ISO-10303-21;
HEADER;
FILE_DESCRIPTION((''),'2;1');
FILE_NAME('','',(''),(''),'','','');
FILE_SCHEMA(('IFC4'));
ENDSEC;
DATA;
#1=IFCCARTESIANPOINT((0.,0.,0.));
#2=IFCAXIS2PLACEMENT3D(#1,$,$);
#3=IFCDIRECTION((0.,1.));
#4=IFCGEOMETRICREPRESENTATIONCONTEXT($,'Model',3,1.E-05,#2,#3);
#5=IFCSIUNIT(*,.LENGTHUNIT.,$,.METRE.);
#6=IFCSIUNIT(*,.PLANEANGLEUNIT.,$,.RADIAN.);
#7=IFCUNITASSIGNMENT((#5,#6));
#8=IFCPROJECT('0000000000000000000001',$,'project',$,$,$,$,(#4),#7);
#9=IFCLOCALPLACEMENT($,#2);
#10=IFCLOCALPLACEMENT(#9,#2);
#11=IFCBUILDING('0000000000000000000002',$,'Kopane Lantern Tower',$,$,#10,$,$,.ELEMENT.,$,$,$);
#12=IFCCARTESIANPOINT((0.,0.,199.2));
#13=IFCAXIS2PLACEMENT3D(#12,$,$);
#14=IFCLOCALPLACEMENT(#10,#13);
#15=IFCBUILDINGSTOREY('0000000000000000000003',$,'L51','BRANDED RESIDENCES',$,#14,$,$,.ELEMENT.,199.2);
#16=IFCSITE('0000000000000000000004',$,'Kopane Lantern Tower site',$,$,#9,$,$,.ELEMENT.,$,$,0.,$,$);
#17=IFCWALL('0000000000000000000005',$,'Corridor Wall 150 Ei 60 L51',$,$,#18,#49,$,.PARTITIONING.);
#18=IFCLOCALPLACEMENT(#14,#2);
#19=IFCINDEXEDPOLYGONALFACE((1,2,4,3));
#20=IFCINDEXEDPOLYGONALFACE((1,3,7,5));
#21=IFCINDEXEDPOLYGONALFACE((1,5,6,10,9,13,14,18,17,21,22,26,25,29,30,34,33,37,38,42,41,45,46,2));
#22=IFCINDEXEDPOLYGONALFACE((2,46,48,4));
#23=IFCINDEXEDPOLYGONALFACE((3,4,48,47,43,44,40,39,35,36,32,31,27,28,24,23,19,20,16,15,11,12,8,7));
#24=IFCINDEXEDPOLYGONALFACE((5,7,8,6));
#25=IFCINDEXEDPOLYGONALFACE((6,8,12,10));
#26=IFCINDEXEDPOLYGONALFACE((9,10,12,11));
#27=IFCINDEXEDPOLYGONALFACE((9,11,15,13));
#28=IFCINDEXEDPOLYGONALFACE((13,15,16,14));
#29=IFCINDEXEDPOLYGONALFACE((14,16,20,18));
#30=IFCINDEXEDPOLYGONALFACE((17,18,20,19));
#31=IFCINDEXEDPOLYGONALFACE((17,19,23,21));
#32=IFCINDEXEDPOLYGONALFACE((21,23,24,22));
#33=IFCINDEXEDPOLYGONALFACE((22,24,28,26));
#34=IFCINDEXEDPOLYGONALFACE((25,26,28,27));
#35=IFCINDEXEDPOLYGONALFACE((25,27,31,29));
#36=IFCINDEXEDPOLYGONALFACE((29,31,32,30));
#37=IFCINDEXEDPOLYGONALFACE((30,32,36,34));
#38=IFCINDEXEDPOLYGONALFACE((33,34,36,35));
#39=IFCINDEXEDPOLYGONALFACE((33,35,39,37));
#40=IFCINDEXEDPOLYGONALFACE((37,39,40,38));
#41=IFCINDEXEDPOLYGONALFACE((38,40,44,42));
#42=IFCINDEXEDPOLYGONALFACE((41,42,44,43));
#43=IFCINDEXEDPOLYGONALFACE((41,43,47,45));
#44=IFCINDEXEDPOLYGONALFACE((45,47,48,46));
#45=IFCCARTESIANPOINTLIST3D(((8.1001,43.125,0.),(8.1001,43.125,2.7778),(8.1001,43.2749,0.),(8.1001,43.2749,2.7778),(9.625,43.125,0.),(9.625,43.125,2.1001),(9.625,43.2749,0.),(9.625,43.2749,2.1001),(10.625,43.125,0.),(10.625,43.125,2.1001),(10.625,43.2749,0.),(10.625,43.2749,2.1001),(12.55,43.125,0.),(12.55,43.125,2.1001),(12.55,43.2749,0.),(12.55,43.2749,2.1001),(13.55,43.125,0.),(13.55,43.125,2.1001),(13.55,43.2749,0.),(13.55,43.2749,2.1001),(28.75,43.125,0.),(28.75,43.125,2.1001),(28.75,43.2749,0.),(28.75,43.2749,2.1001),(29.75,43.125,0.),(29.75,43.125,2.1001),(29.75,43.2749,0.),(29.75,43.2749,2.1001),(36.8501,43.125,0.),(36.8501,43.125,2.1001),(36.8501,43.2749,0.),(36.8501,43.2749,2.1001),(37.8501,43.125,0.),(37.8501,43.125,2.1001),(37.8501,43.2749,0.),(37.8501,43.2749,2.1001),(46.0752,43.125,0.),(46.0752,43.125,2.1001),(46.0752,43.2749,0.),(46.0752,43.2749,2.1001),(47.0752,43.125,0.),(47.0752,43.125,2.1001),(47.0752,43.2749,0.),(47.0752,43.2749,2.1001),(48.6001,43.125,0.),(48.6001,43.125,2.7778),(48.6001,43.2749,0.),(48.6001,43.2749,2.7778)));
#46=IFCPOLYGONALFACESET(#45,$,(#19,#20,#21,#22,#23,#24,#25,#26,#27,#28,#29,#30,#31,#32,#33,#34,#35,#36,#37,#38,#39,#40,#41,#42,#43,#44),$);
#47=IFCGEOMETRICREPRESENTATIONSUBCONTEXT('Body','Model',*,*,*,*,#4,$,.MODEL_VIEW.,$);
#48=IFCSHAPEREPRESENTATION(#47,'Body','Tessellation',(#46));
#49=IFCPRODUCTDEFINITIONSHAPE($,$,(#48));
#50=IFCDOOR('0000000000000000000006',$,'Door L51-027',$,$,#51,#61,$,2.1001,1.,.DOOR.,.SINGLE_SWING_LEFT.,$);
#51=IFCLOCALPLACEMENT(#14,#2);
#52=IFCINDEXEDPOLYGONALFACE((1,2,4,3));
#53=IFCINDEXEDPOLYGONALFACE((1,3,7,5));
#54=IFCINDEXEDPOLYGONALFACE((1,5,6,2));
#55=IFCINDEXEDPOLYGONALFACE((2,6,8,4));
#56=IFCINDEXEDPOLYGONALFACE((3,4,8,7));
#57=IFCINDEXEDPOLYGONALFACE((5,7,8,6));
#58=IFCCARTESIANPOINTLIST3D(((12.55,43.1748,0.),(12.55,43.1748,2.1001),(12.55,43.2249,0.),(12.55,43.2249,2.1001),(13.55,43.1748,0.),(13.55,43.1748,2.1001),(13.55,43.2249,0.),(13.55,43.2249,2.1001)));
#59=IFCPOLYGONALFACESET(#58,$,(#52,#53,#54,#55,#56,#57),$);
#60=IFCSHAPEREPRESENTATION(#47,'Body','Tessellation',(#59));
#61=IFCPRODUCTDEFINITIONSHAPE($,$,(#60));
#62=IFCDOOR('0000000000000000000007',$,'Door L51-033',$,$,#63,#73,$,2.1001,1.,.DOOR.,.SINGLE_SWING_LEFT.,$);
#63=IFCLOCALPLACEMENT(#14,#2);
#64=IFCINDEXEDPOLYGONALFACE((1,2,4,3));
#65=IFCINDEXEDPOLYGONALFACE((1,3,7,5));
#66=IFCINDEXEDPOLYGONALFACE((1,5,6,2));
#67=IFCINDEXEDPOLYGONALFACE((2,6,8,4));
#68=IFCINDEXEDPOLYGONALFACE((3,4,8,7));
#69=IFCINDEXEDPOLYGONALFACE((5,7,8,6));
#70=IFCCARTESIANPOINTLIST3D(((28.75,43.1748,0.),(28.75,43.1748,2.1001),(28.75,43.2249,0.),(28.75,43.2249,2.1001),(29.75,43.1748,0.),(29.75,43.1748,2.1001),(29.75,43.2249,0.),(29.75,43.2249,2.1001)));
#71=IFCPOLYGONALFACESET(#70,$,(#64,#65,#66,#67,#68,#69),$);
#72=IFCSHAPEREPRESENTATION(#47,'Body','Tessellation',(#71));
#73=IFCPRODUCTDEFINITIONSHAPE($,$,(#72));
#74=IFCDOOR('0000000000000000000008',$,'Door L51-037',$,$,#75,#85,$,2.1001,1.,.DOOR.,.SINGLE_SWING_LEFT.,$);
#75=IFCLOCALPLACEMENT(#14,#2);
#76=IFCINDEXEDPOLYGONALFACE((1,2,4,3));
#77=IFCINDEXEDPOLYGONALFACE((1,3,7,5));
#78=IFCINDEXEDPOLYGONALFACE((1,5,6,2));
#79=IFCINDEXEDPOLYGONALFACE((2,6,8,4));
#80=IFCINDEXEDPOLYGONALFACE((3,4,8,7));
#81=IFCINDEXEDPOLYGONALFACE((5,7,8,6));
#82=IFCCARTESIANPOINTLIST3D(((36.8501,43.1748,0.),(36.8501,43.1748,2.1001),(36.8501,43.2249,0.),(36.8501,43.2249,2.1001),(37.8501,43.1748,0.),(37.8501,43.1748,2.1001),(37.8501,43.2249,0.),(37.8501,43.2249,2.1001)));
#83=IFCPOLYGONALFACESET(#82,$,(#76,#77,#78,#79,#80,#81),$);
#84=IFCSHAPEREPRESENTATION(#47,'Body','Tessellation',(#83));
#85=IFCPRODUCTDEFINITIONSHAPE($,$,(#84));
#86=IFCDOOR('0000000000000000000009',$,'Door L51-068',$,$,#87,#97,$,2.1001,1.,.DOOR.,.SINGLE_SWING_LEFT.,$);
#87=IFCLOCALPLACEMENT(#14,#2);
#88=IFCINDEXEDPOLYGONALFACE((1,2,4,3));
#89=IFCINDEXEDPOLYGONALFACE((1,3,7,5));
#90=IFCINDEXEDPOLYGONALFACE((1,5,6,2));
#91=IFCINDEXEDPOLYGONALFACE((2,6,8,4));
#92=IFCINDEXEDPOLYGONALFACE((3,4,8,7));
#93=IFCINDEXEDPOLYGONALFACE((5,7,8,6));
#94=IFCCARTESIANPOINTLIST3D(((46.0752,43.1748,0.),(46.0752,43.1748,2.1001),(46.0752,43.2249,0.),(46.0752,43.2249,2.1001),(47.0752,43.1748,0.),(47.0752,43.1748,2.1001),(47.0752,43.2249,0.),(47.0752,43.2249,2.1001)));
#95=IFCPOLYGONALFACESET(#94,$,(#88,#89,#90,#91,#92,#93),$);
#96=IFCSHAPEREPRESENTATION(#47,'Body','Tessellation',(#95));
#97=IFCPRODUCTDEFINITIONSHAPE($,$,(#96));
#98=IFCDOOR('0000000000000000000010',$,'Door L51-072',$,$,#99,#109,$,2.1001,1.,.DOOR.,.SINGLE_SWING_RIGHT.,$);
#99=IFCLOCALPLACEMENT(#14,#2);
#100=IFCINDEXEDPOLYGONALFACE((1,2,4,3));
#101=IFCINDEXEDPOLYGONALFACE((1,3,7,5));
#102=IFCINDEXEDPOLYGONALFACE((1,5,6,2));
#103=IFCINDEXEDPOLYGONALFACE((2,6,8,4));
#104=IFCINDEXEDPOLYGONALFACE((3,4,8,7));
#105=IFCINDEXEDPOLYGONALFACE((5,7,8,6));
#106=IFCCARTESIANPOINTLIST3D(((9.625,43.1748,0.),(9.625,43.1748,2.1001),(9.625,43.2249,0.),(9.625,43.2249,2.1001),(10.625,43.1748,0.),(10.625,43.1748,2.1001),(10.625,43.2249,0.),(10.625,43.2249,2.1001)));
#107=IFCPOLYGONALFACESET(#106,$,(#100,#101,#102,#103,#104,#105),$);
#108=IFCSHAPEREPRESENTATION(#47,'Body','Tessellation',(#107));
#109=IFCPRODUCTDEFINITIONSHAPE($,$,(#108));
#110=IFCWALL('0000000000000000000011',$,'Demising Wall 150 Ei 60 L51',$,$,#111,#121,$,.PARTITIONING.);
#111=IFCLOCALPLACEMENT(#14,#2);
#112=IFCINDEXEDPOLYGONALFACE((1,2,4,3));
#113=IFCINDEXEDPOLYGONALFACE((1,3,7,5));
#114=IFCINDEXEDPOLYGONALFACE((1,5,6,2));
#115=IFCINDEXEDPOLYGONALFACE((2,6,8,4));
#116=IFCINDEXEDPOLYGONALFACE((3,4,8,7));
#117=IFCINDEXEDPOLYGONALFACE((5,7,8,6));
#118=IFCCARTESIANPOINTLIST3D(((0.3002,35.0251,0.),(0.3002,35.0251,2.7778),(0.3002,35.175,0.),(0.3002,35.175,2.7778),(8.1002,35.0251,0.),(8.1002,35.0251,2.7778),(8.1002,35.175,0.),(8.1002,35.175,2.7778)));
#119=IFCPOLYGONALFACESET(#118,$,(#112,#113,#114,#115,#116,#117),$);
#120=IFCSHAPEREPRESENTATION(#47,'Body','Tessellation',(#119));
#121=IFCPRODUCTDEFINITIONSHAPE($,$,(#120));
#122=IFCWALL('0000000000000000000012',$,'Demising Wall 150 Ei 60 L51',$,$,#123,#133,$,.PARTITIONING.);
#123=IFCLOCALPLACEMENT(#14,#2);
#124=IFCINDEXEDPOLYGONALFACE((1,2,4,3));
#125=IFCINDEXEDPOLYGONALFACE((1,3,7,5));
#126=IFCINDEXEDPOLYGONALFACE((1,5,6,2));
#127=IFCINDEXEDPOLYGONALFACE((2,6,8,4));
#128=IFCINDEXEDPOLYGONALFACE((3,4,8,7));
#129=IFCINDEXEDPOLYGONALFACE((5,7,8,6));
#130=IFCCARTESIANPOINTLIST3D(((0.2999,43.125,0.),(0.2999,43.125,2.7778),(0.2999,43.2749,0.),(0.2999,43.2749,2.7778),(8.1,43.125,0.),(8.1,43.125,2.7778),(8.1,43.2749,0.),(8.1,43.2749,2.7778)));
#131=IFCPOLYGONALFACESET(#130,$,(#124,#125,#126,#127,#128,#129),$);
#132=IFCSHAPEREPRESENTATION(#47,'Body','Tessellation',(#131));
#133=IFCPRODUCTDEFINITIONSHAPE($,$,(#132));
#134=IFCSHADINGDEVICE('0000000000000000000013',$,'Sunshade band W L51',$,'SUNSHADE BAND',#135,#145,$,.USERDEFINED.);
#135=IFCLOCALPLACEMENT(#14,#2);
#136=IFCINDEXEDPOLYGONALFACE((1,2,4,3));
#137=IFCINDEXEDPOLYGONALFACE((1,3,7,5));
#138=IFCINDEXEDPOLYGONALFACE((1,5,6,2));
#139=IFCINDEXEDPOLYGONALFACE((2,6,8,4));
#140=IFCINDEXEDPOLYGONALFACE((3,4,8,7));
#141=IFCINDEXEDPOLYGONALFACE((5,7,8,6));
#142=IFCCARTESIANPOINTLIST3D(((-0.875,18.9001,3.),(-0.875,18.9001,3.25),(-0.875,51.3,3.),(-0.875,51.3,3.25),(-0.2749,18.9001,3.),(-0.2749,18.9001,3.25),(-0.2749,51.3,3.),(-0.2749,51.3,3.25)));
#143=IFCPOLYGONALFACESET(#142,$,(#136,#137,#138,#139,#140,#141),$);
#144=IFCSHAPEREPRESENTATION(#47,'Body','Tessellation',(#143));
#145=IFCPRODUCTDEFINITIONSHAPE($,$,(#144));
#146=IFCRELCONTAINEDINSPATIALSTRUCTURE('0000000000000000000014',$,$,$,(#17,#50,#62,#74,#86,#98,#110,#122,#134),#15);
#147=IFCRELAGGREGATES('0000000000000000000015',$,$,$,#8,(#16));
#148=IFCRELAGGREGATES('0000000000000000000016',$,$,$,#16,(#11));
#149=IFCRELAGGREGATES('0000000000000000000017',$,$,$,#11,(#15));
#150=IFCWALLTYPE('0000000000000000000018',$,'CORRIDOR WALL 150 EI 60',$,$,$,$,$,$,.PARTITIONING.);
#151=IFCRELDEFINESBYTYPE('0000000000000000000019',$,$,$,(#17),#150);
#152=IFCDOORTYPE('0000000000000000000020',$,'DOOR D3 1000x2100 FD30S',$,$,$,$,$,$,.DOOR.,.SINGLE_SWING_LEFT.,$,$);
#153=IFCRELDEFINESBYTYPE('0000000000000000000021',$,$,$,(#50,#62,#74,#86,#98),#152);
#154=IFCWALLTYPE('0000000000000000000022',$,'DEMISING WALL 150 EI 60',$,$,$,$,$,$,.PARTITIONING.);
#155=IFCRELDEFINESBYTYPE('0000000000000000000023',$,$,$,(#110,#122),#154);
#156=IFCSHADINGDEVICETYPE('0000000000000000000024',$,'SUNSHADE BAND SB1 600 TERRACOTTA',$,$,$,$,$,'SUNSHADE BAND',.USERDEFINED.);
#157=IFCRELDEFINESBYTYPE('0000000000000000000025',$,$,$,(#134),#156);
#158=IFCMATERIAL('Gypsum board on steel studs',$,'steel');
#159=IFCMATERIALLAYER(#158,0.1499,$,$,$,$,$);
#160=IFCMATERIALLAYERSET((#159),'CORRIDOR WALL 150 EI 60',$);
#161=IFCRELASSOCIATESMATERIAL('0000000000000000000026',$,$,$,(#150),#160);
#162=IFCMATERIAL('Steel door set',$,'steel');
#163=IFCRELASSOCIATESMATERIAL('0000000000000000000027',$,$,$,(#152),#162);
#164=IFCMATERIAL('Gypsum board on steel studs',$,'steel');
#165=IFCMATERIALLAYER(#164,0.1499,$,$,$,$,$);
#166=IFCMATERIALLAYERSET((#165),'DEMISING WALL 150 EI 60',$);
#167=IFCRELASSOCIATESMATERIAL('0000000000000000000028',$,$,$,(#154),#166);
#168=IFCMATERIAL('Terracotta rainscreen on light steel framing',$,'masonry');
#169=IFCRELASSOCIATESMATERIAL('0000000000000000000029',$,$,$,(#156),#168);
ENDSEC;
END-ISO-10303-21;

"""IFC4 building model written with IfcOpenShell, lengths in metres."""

from ifc_helpers import new_model, si_unit, direction, frame, frame_2d, origin, origin_2d, place, context, subcontext, project, spatial, rectangle, extrude, material, layer, layer_set, type_object, element, fill, save


model = new_model("IFC4")

# Units and contexts
model_context = context("Model", 3, precision=1e-05, world=origin(), true_north=direction((0.0, 1.0)))
body_context = subcontext(model_context, "Body", "Model", "MODEL_VIEW")
ifc_project = project(units=[si_unit("LENGTHUNIT", "METRE"), si_unit("PLANEANGLEUNIT", "RADIAN")], contexts=[model_context])

# Site, building, storey
site_placement = place(None, origin())
site = spatial("IfcSite", under=ifc_project, at=site_placement, Name="Kopane Lantern Tower site", CompositionType="ELEMENT", RefElevation=0.0)
building_placement = place(site_placement, origin())
building = spatial("IfcBuilding", under=site, at=building_placement, Name="Kopane Lantern Tower", CompositionType="ELEMENT")
storey_placement = place(building_placement, frame((0.0, 0.0, 199.2)))
storey = spatial("IfcBuildingStorey", under=building, at=storey_placement, Name="L51", Description="BRANDED RESIDENCES", CompositionType="ELEMENT", Elevation=199.2)

# Wall, openings, doors
ifc_material_1 = material(Name="Gypsum board on steel studs", Category="steel")
ifc_layer_1 = layer(ifc_material_1, 0.1499)
ifc_layer_set_1 = layer_set([ifc_layer_1], Name="CORRIDOR WALL 150 EI 60")
wall_type_1 = type_object("IfcWallType", Name="CORRIDOR WALL 150 EI 60", PredefinedType="PARTITIONING", material=ifc_layer_set_1)
wall_1_placement = place(storey_placement, frame((8.1001, 43.2, 0.0), z_axis=(0.0, 0.0, 1.0), x_axis=(1.0, 0.0, 0.0)))
wall_1 = element("IfcWall", 1, at=wall_1_placement, inside=storey, type_object=wall_type_1, Name="Corridor Wall 150 Ei 60 L51", PredefinedType="PARTITIONING", context=body_context, shape_type="SweptSolid", body=[
    extrude(rectangle(XDim=40.5, YDim=0.1499, at=frame_2d((20.25, 0.0))), origin(), (0.0, 0.0, 1.0), 2.7778),
])
opening_1_placement = place(wall_1_placement, frame((4.45, 0.0, 0.0)))
opening_1 = element("IfcOpeningElement", 2, at=opening_1_placement, cuts=wall_1, PredefinedType="OPENING", context=body_context, shape_type="SweptSolid", body=[
    extrude(rectangle(XDim=1.0, YDim=2.1001, at=frame_2d((0.5, 1.05))), frame((0.0, 0.085, 0.0), z_axis=(0.0, -1.0, 0.0), x_axis=(1.0, 0.0, 0.0)), (0.0, 0.0, 1.0), 0.1699),
])
opening_2_placement = place(wall_1_placement, frame((20.6499, 0.0, 0.0)))
opening_2 = element("IfcOpeningElement", 3, at=opening_2_placement, cuts=wall_1, PredefinedType="OPENING", context=body_context, shape_type="SweptSolid", body=[
    extrude(rectangle(XDim=1.0, YDim=2.1001, at=frame_2d((0.5, 1.05))), frame((0.0, 0.085, 0.0), z_axis=(0.0, -1.0, 0.0), x_axis=(1.0, 0.0, 0.0)), (0.0, 0.0, 1.0), 0.1699),
])
opening_3_placement = place(wall_1_placement, frame((28.75, 0.0, 0.0)))
opening_3 = element("IfcOpeningElement", 4, at=opening_3_placement, cuts=wall_1, PredefinedType="OPENING", context=body_context, shape_type="SweptSolid", body=[
    extrude(rectangle(XDim=1.0, YDim=2.1001, at=frame_2d((0.5, 1.05))), frame((0.0, 0.085, 0.0), z_axis=(0.0, -1.0, 0.0), x_axis=(1.0, 0.0, 0.0)), (0.0, 0.0, 1.0), 0.1699),
])
opening_4_placement = place(wall_1_placement, frame((37.9751, 0.0, 0.0)))
opening_4 = element("IfcOpeningElement", 5, at=opening_4_placement, cuts=wall_1, PredefinedType="OPENING", context=body_context, shape_type="SweptSolid", body=[
    extrude(rectangle(XDim=1.0, YDim=2.1001, at=frame_2d((0.5, 1.05))), frame((0.0, 0.085, 0.0), z_axis=(0.0, -1.0, 0.0), x_axis=(1.0, 0.0, 0.0)), (0.0, 0.0, 1.0), 0.1699),
])
opening_5_placement = place(wall_1_placement, frame((1.5249, 0.0, 0.0)))
opening_5 = element("IfcOpeningElement", 6, at=opening_5_placement, cuts=wall_1, PredefinedType="OPENING", context=body_context, shape_type="SweptSolid", body=[
    extrude(rectangle(XDim=1.0, YDim=2.1001, at=frame_2d((0.5, 1.05))), frame((0.0, 0.085, 0.0), z_axis=(0.0, -1.0, 0.0), x_axis=(1.0, 0.0, 0.0)), (0.0, 0.0, 1.0), 0.1699),
])
ifc_material_2 = material(Name="Steel door set", Category="steel")
door_type_1 = type_object("IfcDoorType", Name="DOOR D3 1000x2100 FD30S", OperationType="SINGLE_SWING_LEFT", PredefinedType="DOOR", material=ifc_material_2)
door_1_placement = place(opening_1_placement, origin())
door_1 = element("IfcDoor", 7, at=door_1_placement, inside=storey, type_object=door_type_1, Name="Door L51-027", OperationType="SINGLE_SWING_LEFT", OverallHeight=2.1001, OverallWidth=1.0, PredefinedType="DOOR", context=body_context, shape_type="SweptSolid", body=[
    extrude(rectangle(XDim=1.0, YDim=2.1001, at=frame_2d((0.5, 1.05))), frame((0.0, 0.0249, 0.0), z_axis=(0.0, -1.0, 0.0), x_axis=(1.0, 0.0, 0.0)), (0.0, 0.0, 1.0), 0.05),
])
fill(opening_1, door_1)
door_2_placement = place(opening_2_placement, origin())
door_2 = element("IfcDoor", 8, at=door_2_placement, inside=storey, type_object=door_type_1, Name="Door L51-033", OperationType="SINGLE_SWING_LEFT", OverallHeight=2.1001, OverallWidth=1.0, PredefinedType="DOOR", context=body_context, shape_type="SweptSolid", body=[
    extrude(rectangle(XDim=1.0, YDim=2.1001, at=frame_2d((0.5, 1.05))), frame((0.0, 0.0249, 0.0), z_axis=(0.0, -1.0, 0.0), x_axis=(1.0, 0.0, 0.0)), (0.0, 0.0, 1.0), 0.05),
])
fill(opening_2, door_2)
door_3_placement = place(opening_3_placement, origin())
door_3 = element("IfcDoor", 9, at=door_3_placement, inside=storey, type_object=door_type_1, Name="Door L51-037", OperationType="SINGLE_SWING_LEFT", OverallHeight=2.1001, OverallWidth=1.0, PredefinedType="DOOR", context=body_context, shape_type="SweptSolid", body=[
    extrude(rectangle(XDim=1.0, YDim=2.1001, at=frame_2d((0.5, 1.05))), frame((0.0, 0.0249, 0.0), z_axis=(0.0, -1.0, 0.0), x_axis=(1.0, 0.0, 0.0)), (0.0, 0.0, 1.0), 0.05),
])
fill(opening_3, door_3)
door_4_placement = place(opening_4_placement, origin())
door_4 = element("IfcDoor", 10, at=door_4_placement, inside=storey, type_object=door_type_1, Name="Door L51-068", OperationType="SINGLE_SWING_LEFT", OverallHeight=2.1001, OverallWidth=1.0, PredefinedType="DOOR", context=body_context, shape_type="SweptSolid", body=[
    extrude(rectangle(XDim=1.0, YDim=2.1001, at=frame_2d((0.5, 1.05))), frame((0.0, 0.0249, 0.0), z_axis=(0.0, -1.0, 0.0), x_axis=(1.0, 0.0, 0.0)), (0.0, 0.0, 1.0), 0.05),
])
fill(opening_4, door_4)
door_5_placement = place(opening_5_placement, origin())
door_5 = element("IfcDoor", 11, at=door_5_placement, inside=storey, type_object=door_type_1, Name="Door L51-072", OperationType="SINGLE_SWING_RIGHT", OverallHeight=2.1001, OverallWidth=1.0, PredefinedType="DOOR", context=body_context, shape_type="SweptSolid", body=[
    extrude(rectangle(XDim=1.0, YDim=2.1001, at=frame_2d((0.5, 1.05))), frame((0.0, 0.0249, 0.0), z_axis=(0.0, -1.0, 0.0), x_axis=(1.0, 0.0, 0.0)), (0.0, 0.0, 1.0), 0.05),
])
fill(opening_5, door_5)

# Walls
ifc_material_3 = material(Name="Gypsum board on steel studs", Category="steel")
ifc_layer_2 = layer(ifc_material_3, 0.1499)
ifc_layer_set_2 = layer_set([ifc_layer_2], Name="DEMISING WALL 150 EI 60")
wall_type_2 = type_object("IfcWallType", Name="DEMISING WALL 150 EI 60", PredefinedType="PARTITIONING", material=ifc_layer_set_2)
for number, where, z_axis, x_axis, name in (
    (12, (8.1001, 35.1001, 0.0), (0.0, 0.0, 1.0), (-1.0, 0.0, 0.0), "Demising Wall 150 Ei 60 L51"),
    (13, (0.3, 43.2, 0.0), (0.0, 0.0, 1.0), (1.0, 0.0, 0.0), "Demising Wall 150 Ei 60 L51"),
):
    element("IfcWall", number, at=place(storey_placement, frame(where, z_axis=z_axis, x_axis=x_axis)), inside=storey, type_object=wall_type_2, Name=name, PredefinedType="PARTITIONING", context=body_context, shape_type="SweptSolid", body=[
        extrude(rectangle(XDim=7.8, YDim=0.1499, at=frame_2d((3.8999, 0.0))), origin(), (0.0, 0.0, 1.0), 2.7778),
    ])

# Shading device
ifc_material_4 = material(Name="Terracotta rainscreen on light steel framing", Category="masonry")
shading_device_type = type_object("IfcShadingDeviceType", Name="SUNSHADE BAND SB1 600 TERRACOTTA", ElementType="SUNSHADE BAND", PredefinedType="USERDEFINED", material=ifc_material_4)
shading_device_placement = place(storey_placement, frame((-0.575, 35.1001, 3.0), z_axis=(0.0, 0.0, 1.0), x_axis=(0.0, -1.0, 0.0)))
element("IfcShadingDevice", 14, at=shading_device_placement, inside=storey, type_object=shading_device_type, Name="Sunshade band W L51", ObjectType="SUNSHADE BAND", PredefinedType="USERDEFINED", context=body_context, shape_type="SweptSolid", body=[
    extrude(rectangle(XDim=32.3999, YDim=0.6001, at=origin_2d()), origin(), (0.0, 0.0, 1.0), 0.25),
])

save(model, "model.ifc")
